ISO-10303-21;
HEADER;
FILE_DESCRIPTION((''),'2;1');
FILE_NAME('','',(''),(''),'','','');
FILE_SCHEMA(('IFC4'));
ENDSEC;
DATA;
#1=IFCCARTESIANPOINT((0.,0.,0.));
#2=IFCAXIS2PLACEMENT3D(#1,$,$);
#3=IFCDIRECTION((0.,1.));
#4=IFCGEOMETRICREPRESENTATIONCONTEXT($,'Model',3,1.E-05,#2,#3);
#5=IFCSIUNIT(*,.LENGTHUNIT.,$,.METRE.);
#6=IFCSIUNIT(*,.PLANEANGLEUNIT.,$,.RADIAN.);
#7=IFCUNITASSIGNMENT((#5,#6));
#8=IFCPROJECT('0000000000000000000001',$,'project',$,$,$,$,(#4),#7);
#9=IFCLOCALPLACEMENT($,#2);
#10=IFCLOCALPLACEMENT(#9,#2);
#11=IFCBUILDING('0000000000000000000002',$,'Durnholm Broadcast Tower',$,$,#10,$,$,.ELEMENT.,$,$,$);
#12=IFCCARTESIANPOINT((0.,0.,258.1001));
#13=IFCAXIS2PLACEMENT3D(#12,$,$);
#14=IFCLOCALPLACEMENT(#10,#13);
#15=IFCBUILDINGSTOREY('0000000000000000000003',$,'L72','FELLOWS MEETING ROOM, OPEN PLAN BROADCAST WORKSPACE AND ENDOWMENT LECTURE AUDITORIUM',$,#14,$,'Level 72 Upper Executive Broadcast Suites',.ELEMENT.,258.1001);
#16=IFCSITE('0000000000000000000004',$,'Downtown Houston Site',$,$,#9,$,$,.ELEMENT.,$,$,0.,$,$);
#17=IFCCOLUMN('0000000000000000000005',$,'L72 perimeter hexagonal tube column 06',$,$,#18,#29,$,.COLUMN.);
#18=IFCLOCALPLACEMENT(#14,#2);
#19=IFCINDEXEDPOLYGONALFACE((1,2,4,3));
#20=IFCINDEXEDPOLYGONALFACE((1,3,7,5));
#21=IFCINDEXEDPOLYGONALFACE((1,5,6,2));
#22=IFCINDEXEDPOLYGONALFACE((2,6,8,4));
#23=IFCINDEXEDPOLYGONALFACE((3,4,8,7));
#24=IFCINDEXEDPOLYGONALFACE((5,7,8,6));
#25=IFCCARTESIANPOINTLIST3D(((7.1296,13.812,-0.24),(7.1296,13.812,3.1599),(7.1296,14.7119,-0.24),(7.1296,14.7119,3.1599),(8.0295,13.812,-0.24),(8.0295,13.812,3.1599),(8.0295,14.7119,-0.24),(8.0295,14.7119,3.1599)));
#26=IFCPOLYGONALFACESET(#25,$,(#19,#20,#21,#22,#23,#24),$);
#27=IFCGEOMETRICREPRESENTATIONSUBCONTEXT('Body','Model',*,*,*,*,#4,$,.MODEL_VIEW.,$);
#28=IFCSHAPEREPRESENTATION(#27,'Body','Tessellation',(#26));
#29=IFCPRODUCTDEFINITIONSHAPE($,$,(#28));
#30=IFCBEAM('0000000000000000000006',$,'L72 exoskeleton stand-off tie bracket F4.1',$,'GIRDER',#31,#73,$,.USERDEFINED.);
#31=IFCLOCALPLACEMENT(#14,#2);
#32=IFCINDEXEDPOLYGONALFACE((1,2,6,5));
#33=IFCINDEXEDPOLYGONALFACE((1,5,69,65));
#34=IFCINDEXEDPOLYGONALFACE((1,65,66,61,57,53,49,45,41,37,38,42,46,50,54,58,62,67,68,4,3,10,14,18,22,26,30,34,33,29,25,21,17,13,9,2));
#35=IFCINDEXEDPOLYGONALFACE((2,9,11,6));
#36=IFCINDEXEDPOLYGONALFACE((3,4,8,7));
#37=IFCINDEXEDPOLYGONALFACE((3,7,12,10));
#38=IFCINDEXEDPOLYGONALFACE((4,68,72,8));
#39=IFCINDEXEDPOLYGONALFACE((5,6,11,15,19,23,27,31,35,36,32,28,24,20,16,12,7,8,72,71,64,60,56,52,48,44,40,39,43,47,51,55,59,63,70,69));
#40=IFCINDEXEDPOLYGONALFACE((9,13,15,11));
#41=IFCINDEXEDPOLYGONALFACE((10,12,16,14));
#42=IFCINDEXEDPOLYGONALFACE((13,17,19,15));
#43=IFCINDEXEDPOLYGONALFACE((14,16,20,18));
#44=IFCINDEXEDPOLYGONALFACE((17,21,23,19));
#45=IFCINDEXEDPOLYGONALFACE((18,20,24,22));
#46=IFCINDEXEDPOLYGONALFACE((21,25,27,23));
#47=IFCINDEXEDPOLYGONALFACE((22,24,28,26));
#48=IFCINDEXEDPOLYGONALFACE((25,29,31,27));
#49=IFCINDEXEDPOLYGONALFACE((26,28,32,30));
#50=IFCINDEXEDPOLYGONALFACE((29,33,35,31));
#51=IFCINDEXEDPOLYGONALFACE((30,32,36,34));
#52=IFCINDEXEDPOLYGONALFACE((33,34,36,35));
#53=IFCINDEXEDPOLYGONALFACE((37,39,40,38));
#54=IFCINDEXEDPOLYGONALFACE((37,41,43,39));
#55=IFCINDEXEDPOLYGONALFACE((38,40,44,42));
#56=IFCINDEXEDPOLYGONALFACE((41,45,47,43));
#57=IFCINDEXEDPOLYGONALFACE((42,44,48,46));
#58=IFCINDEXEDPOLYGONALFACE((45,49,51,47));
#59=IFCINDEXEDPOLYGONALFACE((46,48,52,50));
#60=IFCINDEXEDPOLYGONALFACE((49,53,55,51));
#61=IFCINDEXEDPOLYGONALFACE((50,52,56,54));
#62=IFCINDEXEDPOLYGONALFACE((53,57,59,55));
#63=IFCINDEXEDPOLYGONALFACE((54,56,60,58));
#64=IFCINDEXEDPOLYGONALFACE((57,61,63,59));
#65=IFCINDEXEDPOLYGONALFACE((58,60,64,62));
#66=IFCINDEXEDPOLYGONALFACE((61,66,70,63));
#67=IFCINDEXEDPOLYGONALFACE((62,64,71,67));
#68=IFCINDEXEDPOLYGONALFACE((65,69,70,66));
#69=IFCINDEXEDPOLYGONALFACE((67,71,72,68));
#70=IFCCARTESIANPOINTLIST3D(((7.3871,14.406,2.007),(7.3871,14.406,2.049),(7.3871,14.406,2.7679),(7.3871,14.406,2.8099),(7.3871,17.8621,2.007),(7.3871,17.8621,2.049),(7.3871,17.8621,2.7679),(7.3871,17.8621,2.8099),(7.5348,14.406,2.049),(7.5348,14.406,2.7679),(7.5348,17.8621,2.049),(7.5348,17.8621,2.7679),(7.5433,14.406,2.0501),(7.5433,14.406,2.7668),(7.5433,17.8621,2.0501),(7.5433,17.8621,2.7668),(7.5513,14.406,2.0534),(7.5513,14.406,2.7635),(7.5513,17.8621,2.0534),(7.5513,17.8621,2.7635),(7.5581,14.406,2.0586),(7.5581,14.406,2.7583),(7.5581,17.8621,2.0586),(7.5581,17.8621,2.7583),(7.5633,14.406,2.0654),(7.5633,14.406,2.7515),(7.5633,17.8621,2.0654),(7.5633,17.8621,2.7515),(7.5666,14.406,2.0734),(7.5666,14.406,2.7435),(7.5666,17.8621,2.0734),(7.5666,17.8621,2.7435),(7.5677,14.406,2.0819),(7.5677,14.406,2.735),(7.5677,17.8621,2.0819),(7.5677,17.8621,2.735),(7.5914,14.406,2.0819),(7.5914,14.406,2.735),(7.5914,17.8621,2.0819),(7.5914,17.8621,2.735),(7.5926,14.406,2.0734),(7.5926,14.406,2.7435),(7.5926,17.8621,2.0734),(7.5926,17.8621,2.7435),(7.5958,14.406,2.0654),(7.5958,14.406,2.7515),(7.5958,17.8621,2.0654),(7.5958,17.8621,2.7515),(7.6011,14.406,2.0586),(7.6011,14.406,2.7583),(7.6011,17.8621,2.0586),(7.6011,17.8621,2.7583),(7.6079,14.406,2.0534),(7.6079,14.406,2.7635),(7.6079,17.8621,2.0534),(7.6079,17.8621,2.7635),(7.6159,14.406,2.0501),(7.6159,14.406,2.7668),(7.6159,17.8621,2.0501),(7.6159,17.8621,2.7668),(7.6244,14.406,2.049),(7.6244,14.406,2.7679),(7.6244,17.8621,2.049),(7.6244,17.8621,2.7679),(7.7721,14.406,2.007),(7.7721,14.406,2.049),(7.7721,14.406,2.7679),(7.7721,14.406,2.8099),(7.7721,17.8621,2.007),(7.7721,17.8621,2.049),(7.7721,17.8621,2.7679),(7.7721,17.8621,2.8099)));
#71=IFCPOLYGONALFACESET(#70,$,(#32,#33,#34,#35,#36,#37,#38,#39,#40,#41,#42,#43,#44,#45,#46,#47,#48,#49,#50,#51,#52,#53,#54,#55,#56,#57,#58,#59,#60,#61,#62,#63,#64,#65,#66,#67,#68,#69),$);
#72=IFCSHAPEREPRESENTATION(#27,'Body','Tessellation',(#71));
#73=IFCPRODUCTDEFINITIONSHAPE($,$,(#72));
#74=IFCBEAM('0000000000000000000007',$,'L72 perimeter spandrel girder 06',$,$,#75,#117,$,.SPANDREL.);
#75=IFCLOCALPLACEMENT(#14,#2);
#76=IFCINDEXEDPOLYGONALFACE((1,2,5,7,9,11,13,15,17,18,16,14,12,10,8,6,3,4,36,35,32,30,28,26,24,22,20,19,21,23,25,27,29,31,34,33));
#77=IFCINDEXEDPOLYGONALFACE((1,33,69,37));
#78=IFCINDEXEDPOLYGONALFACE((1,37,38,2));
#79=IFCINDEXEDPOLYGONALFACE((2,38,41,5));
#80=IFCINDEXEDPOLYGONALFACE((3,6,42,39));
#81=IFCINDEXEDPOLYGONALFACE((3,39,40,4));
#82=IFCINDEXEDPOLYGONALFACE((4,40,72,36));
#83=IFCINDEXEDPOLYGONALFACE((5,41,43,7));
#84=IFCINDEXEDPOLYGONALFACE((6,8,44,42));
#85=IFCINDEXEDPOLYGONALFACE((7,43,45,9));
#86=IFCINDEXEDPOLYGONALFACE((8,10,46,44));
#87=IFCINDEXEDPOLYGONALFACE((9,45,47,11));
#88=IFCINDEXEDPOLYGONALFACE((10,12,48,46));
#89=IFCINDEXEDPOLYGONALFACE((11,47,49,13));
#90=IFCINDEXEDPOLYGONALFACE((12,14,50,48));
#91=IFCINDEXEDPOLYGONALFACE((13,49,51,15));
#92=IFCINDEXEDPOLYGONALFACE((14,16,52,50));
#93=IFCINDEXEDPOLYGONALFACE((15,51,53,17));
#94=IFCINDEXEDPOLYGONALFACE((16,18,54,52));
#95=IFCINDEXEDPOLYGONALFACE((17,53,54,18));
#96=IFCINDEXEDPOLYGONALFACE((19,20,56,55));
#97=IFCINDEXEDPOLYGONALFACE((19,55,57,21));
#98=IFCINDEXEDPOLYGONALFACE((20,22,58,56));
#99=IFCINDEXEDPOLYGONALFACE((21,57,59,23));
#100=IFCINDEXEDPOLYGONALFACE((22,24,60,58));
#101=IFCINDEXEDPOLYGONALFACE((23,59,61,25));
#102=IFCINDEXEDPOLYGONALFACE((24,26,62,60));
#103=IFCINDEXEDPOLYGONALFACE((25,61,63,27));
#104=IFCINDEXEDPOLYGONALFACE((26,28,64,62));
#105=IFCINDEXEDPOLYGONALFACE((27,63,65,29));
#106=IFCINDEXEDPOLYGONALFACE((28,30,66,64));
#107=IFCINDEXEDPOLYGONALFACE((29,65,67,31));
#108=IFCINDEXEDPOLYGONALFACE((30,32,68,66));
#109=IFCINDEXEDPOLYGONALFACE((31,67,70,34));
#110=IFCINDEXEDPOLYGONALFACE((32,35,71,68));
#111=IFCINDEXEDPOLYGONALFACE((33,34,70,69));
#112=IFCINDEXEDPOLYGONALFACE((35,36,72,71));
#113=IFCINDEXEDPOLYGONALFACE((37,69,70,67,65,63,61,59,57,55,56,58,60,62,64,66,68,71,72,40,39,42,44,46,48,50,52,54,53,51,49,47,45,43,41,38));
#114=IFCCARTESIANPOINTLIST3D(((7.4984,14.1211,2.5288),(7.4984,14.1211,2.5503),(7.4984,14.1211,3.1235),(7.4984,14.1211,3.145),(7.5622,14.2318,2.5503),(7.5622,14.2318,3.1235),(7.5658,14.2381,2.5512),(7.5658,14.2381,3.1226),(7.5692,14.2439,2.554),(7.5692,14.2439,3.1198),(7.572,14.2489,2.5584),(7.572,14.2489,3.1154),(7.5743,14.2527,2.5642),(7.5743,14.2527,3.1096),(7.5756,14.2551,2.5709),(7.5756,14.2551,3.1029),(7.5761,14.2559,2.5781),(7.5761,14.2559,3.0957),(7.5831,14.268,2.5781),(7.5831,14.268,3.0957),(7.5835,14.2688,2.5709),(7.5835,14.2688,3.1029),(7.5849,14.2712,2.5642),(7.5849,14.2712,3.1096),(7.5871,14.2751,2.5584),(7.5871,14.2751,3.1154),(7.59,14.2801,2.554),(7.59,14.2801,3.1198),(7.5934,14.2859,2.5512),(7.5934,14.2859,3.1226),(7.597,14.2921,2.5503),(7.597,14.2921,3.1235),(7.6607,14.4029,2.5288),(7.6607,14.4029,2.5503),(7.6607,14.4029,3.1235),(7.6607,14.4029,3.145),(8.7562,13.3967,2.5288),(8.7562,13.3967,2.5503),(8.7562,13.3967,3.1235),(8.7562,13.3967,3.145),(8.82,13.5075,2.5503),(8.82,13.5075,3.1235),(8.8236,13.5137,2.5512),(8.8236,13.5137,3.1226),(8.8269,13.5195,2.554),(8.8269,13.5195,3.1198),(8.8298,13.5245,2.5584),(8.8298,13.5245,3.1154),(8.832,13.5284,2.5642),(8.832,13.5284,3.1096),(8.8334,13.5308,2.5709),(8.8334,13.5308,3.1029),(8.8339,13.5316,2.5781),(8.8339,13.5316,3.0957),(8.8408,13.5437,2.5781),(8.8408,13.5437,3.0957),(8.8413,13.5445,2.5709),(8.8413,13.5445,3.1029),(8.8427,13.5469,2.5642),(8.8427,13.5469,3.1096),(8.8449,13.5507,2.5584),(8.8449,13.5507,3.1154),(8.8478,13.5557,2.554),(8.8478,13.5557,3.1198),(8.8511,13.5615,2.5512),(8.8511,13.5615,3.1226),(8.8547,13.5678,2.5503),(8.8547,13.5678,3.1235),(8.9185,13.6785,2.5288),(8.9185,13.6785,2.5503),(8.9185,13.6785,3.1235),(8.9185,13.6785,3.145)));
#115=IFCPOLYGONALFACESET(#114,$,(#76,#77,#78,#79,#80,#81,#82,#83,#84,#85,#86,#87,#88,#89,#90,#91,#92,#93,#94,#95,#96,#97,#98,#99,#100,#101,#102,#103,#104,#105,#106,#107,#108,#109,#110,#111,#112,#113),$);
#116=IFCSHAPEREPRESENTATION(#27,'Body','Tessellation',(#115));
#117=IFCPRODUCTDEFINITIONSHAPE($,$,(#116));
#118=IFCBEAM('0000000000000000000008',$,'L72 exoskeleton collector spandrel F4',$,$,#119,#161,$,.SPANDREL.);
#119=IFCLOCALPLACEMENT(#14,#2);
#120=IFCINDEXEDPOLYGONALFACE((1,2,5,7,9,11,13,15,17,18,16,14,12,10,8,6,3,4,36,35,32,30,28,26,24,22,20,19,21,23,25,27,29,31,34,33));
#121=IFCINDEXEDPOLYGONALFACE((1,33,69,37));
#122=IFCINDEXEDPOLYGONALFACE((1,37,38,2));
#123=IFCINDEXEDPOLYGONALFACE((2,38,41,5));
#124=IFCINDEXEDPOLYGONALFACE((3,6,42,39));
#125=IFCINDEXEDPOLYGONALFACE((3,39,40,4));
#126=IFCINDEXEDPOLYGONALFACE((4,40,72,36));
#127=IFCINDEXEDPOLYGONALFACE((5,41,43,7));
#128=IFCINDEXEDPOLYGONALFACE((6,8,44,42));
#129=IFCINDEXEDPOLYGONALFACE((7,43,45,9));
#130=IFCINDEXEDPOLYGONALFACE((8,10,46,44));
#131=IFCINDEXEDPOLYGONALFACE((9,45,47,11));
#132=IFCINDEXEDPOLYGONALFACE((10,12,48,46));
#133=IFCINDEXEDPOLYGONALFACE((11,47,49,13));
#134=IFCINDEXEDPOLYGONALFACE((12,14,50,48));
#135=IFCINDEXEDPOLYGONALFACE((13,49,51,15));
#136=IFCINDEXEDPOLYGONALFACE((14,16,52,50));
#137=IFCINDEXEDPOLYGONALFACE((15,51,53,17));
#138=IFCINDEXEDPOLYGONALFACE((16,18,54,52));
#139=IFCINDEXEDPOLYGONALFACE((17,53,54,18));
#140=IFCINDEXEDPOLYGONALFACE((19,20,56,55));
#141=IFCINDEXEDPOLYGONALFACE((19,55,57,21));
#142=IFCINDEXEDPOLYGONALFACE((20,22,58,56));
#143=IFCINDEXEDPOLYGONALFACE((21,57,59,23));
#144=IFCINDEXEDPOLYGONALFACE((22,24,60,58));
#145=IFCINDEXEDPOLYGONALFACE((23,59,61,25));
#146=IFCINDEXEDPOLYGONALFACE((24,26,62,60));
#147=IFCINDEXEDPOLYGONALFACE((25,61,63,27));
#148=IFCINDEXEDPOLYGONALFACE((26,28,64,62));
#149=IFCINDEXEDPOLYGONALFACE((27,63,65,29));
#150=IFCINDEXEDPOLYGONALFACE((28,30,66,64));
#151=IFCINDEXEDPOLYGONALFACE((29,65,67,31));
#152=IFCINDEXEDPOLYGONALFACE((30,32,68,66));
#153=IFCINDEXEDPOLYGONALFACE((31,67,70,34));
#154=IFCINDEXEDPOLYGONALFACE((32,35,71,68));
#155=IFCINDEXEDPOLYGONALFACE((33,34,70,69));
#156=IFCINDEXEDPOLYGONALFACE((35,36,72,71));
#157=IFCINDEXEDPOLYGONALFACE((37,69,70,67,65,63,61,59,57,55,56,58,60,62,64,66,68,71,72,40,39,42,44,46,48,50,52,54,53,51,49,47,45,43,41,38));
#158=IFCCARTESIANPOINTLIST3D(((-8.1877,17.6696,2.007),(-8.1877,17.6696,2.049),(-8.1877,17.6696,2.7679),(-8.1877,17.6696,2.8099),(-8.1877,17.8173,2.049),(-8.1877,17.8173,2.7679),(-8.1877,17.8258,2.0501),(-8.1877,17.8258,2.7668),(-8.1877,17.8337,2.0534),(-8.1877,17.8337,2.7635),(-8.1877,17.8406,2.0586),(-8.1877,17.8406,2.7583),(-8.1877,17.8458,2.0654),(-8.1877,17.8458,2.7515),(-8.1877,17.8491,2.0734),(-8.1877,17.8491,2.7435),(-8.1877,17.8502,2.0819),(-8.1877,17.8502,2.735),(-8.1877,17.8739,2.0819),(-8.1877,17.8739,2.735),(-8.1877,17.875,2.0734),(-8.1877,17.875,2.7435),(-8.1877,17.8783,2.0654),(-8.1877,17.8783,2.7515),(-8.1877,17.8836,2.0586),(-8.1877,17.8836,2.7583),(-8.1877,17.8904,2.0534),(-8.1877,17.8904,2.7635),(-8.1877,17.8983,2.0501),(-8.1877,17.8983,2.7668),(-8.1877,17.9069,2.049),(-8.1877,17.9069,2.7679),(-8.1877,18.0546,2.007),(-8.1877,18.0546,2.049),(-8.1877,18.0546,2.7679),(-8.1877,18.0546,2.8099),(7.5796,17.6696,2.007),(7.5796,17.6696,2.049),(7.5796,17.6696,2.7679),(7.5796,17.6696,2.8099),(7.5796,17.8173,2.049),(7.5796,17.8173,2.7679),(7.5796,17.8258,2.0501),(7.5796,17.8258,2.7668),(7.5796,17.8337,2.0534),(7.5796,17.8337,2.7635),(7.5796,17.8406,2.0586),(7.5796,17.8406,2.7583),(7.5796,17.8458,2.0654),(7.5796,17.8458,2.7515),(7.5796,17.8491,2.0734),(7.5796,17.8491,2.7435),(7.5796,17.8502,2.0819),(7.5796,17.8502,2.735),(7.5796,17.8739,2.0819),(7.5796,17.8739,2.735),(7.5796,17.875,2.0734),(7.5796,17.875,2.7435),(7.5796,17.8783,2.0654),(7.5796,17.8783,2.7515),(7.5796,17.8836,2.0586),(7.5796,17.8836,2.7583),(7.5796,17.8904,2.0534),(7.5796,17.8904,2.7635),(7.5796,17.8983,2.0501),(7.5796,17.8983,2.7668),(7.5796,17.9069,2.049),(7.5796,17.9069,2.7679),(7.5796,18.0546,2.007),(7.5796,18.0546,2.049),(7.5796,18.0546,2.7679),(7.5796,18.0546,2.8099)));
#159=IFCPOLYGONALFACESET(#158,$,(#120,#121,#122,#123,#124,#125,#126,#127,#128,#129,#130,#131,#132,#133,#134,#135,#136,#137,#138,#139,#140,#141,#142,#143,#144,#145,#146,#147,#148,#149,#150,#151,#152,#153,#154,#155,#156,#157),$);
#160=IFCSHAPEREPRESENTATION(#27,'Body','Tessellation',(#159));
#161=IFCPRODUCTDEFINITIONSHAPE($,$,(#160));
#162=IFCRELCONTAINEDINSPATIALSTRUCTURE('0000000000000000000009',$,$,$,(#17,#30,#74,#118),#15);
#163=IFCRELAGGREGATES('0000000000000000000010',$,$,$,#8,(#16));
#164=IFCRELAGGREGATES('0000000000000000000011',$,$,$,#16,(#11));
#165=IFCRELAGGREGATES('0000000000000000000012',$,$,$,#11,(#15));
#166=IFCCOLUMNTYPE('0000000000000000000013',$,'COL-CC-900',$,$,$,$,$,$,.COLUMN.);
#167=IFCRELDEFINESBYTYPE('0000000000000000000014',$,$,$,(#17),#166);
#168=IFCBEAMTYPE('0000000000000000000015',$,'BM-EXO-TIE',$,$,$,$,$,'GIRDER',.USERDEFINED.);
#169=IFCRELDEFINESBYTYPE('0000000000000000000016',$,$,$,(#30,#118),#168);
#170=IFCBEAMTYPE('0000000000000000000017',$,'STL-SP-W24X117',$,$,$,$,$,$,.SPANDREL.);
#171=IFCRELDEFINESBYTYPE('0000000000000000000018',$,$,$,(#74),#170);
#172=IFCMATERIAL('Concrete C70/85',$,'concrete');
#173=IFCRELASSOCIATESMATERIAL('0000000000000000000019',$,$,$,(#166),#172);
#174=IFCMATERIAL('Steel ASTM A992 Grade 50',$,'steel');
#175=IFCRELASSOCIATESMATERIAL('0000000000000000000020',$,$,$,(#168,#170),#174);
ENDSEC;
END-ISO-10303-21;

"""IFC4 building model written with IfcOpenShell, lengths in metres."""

from ifc_helpers import new_model, si_unit, direction, frame, origin, origin_2d, place, context, subcontext, project, spatial, rectangle, i_section, extrude, source, transform, mapped, material, material_profile, profile_set, type_object, type_shapes, element, save


model = new_model("IFC4")

# Units and contexts
model_context = context("Model", 3, precision=1e-05, world=origin(), true_north=direction((0.0, 1.0)))
body_context = subcontext(model_context, "Body", "Model", "MODEL_VIEW")
ifc_project = project(units=[si_unit("LENGTHUNIT", "METRE"), si_unit("PLANEANGLEUNIT", "RADIAN")], contexts=[model_context])

# Site, building, storey
site_placement = place(None, origin())
site = spatial("IfcSite", under=ifc_project, at=site_placement, Name="Downtown Houston Site", CompositionType="ELEMENT", RefElevation=0.0)
building_placement = place(site_placement, origin())
building = spatial("IfcBuilding", under=site, at=building_placement, Name="Durnholm Broadcast Tower", CompositionType="ELEMENT")
storey_placement = place(building_placement, frame((0.0, 0.0, 258.1001)))
storey = spatial("IfcBuildingStorey", under=building, at=storey_placement, Name="L72", Description="FELLOWS MEETING ROOM, OPEN PLAN BROADCAST WORKSPACE AND ENDOWMENT LECTURE AUDITORIUM", LongName="Level 72 Upper Executive Broadcast Suites", CompositionType="ELEMENT", Elevation=258.1001)

# Column
ifc_material_1 = material(Name="Concrete C70/85", Category="concrete")
ifc_material_profile_1 = material_profile(ifc_material_1, rectangle(XDim=0.8999, YDim=0.8999, at=origin_2d()), Name="RC900X900")
ifc_profile_set_1 = profile_set([ifc_material_profile_1], Name="Concrete C70/85")
column_type = type_object("IfcColumnType", Name="COL-CC-900", PredefinedType="COLUMN", material=ifc_profile_set_1)
shared_shape_1 = source(origin(), body_context, "Body", "SweptSolid", [
    extrude(rectangle(XDim=0.8999, YDim=0.8999, at=origin_2d()), origin(), (0.0, 0.0, 1.0), 3.3999),
])
type_shapes(column_type, [shared_shape_1])
column_placement = place(storey_placement, frame((7.5796, 14.262, -0.24), z_axis=(0.0, 0.0, 1.0), x_axis=(1.0, 0.0, 0.0)))
element("IfcColumn", 1, at=column_placement, inside=storey, type_object=column_type, Name="L72 perimeter hexagonal tube column 06", PredefinedType="COLUMN", context=body_context, shape_type="MappedRepresentation", body=[
    mapped(shared_shape_1, transform((0.0, 0.0, 0.0), x_axis=(1.0, 0.0, 0.0), y_axis=(0.0, 1.0, 0.0), z_axis=(0.0, 0.0, 1.0), scale=1.0)),
])

# Beams
ifc_material_2 = material(Name="Steel ASTM A992 Grade 50", Category="steel")
ifc_material_profile_2 = material_profile(ifc_material_2, i_section(OverallWidth=0.385, OverallDepth=0.803, WebThickness=0.0237, FlangeThickness=0.042, FilletRadius=0.033, at=origin_2d()), Name="W30X261")
ifc_profile_set_2 = profile_set([ifc_material_profile_2], Name="Steel ASTM A992 Grade 50")
beam_type_1 = type_object("IfcBeamType", Name="BM-EXO-TIE", ElementType="GIRDER", PredefinedType="USERDEFINED", material=ifc_profile_set_2)
shared_shape_2 = source(origin(), body_context, "Body", "SweptSolid", [
    extrude(i_section(OverallWidth=0.385, OverallDepth=0.803, WebThickness=0.0237, FlangeThickness=0.042, FilletRadius=0.033, at=origin_2d()), origin(), (0.0, 0.0, 1.0), 3.4561),
])
beam_1_placement = place(storey_placement, frame((7.5796, 14.406, 2.4084), z_axis=(0.0, 1.0, 0.0), x_axis=(-1.0, 0.0, 0.0)))
element("IfcBeam", 2, at=beam_1_placement, inside=storey, type_object=beam_type_1, Name="L72 exoskeleton stand-off tie bracket F4.1", ObjectType="GIRDER", PredefinedType="USERDEFINED", context=body_context, shape_type="MappedRepresentation", body=[
    mapped(shared_shape_2, transform((0.0, 0.0, 0.0), x_axis=(1.0, 0.0, 0.0), y_axis=(0.0, 1.0, 0.0), z_axis=(0.0, 0.0, 1.0), scale=1.0)),
])
ifc_material_profile_3 = material_profile(ifc_material_2, i_section(OverallWidth=0.3252, OverallDepth=0.6162, WebThickness=0.0139, FlangeThickness=0.0215, FilletRadius=0.0278, at=origin_2d()), Name="W24X117")
ifc_profile_set_3 = profile_set([ifc_material_profile_3], Name="Steel ASTM A992 Grade 50")
beam_type_2 = type_object("IfcBeamType", Name="STL-SP-W24X117", PredefinedType="SPANDREL", material=ifc_profile_set_3)
shared_shape_3 = source(origin(), body_context, "Body", "SweptSolid", [
    extrude(i_section(OverallWidth=0.3252, OverallDepth=0.6162, WebThickness=0.0139, FlangeThickness=0.0215, FilletRadius=0.0278, at=origin_2d()), origin(), (0.0, 0.0, 1.0), 1.4514),
])
type_shapes(beam_type_2, [shared_shape_3])
beam_2_placement = place(storey_placement, frame((7.5796, 14.262, 2.8369), z_axis=(0.866572, -0.499052, 0.0), x_axis=(0.499052, 0.866572, 0.0)))
element("IfcBeam", 3, at=beam_2_placement, inside=storey, type_object=beam_type_2, Name="L72 perimeter spandrel girder 06", PredefinedType="SPANDREL", context=body_context, shape_type="MappedRepresentation", body=[
    mapped(shared_shape_3, transform((0.0, 0.0, 0.0), x_axis=(1.0, 0.0, 0.0), y_axis=(0.0, 1.0, 0.0), z_axis=(0.0, 0.0, 1.0), scale=1.0)),
])
shared_shape_4 = source(origin(), body_context, "Body", "SweptSolid", [
    extrude(i_section(OverallWidth=0.385, OverallDepth=0.803, WebThickness=0.0237, FlangeThickness=0.042, FilletRadius=0.033, at=origin_2d()), origin(), (0.0, 0.0, 1.0), 15.7673),
])
type_shapes(beam_type_1, [shared_shape_2, shared_shape_4])
beam_3_placement = place(storey_placement, frame((7.5796, 17.8621, 2.4084), z_axis=(-1.0, 0.0, 0.0), x_axis=(0.0, -1.0, 0.0)))
element("IfcBeam", 4, at=beam_3_placement, inside=storey, type_object=beam_type_1, Name="L72 exoskeleton collector spandrel F4", PredefinedType="SPANDREL", context=body_context, shape_type="MappedRepresentation", body=[
    mapped(shared_shape_4, transform((0.0, 0.0, 0.0), x_axis=(1.0, 0.0, 0.0), y_axis=(0.0, 1.0, 0.0), z_axis=(0.0, 0.0, 1.0), scale=1.0)),
])

save(model, "model.ifc")
